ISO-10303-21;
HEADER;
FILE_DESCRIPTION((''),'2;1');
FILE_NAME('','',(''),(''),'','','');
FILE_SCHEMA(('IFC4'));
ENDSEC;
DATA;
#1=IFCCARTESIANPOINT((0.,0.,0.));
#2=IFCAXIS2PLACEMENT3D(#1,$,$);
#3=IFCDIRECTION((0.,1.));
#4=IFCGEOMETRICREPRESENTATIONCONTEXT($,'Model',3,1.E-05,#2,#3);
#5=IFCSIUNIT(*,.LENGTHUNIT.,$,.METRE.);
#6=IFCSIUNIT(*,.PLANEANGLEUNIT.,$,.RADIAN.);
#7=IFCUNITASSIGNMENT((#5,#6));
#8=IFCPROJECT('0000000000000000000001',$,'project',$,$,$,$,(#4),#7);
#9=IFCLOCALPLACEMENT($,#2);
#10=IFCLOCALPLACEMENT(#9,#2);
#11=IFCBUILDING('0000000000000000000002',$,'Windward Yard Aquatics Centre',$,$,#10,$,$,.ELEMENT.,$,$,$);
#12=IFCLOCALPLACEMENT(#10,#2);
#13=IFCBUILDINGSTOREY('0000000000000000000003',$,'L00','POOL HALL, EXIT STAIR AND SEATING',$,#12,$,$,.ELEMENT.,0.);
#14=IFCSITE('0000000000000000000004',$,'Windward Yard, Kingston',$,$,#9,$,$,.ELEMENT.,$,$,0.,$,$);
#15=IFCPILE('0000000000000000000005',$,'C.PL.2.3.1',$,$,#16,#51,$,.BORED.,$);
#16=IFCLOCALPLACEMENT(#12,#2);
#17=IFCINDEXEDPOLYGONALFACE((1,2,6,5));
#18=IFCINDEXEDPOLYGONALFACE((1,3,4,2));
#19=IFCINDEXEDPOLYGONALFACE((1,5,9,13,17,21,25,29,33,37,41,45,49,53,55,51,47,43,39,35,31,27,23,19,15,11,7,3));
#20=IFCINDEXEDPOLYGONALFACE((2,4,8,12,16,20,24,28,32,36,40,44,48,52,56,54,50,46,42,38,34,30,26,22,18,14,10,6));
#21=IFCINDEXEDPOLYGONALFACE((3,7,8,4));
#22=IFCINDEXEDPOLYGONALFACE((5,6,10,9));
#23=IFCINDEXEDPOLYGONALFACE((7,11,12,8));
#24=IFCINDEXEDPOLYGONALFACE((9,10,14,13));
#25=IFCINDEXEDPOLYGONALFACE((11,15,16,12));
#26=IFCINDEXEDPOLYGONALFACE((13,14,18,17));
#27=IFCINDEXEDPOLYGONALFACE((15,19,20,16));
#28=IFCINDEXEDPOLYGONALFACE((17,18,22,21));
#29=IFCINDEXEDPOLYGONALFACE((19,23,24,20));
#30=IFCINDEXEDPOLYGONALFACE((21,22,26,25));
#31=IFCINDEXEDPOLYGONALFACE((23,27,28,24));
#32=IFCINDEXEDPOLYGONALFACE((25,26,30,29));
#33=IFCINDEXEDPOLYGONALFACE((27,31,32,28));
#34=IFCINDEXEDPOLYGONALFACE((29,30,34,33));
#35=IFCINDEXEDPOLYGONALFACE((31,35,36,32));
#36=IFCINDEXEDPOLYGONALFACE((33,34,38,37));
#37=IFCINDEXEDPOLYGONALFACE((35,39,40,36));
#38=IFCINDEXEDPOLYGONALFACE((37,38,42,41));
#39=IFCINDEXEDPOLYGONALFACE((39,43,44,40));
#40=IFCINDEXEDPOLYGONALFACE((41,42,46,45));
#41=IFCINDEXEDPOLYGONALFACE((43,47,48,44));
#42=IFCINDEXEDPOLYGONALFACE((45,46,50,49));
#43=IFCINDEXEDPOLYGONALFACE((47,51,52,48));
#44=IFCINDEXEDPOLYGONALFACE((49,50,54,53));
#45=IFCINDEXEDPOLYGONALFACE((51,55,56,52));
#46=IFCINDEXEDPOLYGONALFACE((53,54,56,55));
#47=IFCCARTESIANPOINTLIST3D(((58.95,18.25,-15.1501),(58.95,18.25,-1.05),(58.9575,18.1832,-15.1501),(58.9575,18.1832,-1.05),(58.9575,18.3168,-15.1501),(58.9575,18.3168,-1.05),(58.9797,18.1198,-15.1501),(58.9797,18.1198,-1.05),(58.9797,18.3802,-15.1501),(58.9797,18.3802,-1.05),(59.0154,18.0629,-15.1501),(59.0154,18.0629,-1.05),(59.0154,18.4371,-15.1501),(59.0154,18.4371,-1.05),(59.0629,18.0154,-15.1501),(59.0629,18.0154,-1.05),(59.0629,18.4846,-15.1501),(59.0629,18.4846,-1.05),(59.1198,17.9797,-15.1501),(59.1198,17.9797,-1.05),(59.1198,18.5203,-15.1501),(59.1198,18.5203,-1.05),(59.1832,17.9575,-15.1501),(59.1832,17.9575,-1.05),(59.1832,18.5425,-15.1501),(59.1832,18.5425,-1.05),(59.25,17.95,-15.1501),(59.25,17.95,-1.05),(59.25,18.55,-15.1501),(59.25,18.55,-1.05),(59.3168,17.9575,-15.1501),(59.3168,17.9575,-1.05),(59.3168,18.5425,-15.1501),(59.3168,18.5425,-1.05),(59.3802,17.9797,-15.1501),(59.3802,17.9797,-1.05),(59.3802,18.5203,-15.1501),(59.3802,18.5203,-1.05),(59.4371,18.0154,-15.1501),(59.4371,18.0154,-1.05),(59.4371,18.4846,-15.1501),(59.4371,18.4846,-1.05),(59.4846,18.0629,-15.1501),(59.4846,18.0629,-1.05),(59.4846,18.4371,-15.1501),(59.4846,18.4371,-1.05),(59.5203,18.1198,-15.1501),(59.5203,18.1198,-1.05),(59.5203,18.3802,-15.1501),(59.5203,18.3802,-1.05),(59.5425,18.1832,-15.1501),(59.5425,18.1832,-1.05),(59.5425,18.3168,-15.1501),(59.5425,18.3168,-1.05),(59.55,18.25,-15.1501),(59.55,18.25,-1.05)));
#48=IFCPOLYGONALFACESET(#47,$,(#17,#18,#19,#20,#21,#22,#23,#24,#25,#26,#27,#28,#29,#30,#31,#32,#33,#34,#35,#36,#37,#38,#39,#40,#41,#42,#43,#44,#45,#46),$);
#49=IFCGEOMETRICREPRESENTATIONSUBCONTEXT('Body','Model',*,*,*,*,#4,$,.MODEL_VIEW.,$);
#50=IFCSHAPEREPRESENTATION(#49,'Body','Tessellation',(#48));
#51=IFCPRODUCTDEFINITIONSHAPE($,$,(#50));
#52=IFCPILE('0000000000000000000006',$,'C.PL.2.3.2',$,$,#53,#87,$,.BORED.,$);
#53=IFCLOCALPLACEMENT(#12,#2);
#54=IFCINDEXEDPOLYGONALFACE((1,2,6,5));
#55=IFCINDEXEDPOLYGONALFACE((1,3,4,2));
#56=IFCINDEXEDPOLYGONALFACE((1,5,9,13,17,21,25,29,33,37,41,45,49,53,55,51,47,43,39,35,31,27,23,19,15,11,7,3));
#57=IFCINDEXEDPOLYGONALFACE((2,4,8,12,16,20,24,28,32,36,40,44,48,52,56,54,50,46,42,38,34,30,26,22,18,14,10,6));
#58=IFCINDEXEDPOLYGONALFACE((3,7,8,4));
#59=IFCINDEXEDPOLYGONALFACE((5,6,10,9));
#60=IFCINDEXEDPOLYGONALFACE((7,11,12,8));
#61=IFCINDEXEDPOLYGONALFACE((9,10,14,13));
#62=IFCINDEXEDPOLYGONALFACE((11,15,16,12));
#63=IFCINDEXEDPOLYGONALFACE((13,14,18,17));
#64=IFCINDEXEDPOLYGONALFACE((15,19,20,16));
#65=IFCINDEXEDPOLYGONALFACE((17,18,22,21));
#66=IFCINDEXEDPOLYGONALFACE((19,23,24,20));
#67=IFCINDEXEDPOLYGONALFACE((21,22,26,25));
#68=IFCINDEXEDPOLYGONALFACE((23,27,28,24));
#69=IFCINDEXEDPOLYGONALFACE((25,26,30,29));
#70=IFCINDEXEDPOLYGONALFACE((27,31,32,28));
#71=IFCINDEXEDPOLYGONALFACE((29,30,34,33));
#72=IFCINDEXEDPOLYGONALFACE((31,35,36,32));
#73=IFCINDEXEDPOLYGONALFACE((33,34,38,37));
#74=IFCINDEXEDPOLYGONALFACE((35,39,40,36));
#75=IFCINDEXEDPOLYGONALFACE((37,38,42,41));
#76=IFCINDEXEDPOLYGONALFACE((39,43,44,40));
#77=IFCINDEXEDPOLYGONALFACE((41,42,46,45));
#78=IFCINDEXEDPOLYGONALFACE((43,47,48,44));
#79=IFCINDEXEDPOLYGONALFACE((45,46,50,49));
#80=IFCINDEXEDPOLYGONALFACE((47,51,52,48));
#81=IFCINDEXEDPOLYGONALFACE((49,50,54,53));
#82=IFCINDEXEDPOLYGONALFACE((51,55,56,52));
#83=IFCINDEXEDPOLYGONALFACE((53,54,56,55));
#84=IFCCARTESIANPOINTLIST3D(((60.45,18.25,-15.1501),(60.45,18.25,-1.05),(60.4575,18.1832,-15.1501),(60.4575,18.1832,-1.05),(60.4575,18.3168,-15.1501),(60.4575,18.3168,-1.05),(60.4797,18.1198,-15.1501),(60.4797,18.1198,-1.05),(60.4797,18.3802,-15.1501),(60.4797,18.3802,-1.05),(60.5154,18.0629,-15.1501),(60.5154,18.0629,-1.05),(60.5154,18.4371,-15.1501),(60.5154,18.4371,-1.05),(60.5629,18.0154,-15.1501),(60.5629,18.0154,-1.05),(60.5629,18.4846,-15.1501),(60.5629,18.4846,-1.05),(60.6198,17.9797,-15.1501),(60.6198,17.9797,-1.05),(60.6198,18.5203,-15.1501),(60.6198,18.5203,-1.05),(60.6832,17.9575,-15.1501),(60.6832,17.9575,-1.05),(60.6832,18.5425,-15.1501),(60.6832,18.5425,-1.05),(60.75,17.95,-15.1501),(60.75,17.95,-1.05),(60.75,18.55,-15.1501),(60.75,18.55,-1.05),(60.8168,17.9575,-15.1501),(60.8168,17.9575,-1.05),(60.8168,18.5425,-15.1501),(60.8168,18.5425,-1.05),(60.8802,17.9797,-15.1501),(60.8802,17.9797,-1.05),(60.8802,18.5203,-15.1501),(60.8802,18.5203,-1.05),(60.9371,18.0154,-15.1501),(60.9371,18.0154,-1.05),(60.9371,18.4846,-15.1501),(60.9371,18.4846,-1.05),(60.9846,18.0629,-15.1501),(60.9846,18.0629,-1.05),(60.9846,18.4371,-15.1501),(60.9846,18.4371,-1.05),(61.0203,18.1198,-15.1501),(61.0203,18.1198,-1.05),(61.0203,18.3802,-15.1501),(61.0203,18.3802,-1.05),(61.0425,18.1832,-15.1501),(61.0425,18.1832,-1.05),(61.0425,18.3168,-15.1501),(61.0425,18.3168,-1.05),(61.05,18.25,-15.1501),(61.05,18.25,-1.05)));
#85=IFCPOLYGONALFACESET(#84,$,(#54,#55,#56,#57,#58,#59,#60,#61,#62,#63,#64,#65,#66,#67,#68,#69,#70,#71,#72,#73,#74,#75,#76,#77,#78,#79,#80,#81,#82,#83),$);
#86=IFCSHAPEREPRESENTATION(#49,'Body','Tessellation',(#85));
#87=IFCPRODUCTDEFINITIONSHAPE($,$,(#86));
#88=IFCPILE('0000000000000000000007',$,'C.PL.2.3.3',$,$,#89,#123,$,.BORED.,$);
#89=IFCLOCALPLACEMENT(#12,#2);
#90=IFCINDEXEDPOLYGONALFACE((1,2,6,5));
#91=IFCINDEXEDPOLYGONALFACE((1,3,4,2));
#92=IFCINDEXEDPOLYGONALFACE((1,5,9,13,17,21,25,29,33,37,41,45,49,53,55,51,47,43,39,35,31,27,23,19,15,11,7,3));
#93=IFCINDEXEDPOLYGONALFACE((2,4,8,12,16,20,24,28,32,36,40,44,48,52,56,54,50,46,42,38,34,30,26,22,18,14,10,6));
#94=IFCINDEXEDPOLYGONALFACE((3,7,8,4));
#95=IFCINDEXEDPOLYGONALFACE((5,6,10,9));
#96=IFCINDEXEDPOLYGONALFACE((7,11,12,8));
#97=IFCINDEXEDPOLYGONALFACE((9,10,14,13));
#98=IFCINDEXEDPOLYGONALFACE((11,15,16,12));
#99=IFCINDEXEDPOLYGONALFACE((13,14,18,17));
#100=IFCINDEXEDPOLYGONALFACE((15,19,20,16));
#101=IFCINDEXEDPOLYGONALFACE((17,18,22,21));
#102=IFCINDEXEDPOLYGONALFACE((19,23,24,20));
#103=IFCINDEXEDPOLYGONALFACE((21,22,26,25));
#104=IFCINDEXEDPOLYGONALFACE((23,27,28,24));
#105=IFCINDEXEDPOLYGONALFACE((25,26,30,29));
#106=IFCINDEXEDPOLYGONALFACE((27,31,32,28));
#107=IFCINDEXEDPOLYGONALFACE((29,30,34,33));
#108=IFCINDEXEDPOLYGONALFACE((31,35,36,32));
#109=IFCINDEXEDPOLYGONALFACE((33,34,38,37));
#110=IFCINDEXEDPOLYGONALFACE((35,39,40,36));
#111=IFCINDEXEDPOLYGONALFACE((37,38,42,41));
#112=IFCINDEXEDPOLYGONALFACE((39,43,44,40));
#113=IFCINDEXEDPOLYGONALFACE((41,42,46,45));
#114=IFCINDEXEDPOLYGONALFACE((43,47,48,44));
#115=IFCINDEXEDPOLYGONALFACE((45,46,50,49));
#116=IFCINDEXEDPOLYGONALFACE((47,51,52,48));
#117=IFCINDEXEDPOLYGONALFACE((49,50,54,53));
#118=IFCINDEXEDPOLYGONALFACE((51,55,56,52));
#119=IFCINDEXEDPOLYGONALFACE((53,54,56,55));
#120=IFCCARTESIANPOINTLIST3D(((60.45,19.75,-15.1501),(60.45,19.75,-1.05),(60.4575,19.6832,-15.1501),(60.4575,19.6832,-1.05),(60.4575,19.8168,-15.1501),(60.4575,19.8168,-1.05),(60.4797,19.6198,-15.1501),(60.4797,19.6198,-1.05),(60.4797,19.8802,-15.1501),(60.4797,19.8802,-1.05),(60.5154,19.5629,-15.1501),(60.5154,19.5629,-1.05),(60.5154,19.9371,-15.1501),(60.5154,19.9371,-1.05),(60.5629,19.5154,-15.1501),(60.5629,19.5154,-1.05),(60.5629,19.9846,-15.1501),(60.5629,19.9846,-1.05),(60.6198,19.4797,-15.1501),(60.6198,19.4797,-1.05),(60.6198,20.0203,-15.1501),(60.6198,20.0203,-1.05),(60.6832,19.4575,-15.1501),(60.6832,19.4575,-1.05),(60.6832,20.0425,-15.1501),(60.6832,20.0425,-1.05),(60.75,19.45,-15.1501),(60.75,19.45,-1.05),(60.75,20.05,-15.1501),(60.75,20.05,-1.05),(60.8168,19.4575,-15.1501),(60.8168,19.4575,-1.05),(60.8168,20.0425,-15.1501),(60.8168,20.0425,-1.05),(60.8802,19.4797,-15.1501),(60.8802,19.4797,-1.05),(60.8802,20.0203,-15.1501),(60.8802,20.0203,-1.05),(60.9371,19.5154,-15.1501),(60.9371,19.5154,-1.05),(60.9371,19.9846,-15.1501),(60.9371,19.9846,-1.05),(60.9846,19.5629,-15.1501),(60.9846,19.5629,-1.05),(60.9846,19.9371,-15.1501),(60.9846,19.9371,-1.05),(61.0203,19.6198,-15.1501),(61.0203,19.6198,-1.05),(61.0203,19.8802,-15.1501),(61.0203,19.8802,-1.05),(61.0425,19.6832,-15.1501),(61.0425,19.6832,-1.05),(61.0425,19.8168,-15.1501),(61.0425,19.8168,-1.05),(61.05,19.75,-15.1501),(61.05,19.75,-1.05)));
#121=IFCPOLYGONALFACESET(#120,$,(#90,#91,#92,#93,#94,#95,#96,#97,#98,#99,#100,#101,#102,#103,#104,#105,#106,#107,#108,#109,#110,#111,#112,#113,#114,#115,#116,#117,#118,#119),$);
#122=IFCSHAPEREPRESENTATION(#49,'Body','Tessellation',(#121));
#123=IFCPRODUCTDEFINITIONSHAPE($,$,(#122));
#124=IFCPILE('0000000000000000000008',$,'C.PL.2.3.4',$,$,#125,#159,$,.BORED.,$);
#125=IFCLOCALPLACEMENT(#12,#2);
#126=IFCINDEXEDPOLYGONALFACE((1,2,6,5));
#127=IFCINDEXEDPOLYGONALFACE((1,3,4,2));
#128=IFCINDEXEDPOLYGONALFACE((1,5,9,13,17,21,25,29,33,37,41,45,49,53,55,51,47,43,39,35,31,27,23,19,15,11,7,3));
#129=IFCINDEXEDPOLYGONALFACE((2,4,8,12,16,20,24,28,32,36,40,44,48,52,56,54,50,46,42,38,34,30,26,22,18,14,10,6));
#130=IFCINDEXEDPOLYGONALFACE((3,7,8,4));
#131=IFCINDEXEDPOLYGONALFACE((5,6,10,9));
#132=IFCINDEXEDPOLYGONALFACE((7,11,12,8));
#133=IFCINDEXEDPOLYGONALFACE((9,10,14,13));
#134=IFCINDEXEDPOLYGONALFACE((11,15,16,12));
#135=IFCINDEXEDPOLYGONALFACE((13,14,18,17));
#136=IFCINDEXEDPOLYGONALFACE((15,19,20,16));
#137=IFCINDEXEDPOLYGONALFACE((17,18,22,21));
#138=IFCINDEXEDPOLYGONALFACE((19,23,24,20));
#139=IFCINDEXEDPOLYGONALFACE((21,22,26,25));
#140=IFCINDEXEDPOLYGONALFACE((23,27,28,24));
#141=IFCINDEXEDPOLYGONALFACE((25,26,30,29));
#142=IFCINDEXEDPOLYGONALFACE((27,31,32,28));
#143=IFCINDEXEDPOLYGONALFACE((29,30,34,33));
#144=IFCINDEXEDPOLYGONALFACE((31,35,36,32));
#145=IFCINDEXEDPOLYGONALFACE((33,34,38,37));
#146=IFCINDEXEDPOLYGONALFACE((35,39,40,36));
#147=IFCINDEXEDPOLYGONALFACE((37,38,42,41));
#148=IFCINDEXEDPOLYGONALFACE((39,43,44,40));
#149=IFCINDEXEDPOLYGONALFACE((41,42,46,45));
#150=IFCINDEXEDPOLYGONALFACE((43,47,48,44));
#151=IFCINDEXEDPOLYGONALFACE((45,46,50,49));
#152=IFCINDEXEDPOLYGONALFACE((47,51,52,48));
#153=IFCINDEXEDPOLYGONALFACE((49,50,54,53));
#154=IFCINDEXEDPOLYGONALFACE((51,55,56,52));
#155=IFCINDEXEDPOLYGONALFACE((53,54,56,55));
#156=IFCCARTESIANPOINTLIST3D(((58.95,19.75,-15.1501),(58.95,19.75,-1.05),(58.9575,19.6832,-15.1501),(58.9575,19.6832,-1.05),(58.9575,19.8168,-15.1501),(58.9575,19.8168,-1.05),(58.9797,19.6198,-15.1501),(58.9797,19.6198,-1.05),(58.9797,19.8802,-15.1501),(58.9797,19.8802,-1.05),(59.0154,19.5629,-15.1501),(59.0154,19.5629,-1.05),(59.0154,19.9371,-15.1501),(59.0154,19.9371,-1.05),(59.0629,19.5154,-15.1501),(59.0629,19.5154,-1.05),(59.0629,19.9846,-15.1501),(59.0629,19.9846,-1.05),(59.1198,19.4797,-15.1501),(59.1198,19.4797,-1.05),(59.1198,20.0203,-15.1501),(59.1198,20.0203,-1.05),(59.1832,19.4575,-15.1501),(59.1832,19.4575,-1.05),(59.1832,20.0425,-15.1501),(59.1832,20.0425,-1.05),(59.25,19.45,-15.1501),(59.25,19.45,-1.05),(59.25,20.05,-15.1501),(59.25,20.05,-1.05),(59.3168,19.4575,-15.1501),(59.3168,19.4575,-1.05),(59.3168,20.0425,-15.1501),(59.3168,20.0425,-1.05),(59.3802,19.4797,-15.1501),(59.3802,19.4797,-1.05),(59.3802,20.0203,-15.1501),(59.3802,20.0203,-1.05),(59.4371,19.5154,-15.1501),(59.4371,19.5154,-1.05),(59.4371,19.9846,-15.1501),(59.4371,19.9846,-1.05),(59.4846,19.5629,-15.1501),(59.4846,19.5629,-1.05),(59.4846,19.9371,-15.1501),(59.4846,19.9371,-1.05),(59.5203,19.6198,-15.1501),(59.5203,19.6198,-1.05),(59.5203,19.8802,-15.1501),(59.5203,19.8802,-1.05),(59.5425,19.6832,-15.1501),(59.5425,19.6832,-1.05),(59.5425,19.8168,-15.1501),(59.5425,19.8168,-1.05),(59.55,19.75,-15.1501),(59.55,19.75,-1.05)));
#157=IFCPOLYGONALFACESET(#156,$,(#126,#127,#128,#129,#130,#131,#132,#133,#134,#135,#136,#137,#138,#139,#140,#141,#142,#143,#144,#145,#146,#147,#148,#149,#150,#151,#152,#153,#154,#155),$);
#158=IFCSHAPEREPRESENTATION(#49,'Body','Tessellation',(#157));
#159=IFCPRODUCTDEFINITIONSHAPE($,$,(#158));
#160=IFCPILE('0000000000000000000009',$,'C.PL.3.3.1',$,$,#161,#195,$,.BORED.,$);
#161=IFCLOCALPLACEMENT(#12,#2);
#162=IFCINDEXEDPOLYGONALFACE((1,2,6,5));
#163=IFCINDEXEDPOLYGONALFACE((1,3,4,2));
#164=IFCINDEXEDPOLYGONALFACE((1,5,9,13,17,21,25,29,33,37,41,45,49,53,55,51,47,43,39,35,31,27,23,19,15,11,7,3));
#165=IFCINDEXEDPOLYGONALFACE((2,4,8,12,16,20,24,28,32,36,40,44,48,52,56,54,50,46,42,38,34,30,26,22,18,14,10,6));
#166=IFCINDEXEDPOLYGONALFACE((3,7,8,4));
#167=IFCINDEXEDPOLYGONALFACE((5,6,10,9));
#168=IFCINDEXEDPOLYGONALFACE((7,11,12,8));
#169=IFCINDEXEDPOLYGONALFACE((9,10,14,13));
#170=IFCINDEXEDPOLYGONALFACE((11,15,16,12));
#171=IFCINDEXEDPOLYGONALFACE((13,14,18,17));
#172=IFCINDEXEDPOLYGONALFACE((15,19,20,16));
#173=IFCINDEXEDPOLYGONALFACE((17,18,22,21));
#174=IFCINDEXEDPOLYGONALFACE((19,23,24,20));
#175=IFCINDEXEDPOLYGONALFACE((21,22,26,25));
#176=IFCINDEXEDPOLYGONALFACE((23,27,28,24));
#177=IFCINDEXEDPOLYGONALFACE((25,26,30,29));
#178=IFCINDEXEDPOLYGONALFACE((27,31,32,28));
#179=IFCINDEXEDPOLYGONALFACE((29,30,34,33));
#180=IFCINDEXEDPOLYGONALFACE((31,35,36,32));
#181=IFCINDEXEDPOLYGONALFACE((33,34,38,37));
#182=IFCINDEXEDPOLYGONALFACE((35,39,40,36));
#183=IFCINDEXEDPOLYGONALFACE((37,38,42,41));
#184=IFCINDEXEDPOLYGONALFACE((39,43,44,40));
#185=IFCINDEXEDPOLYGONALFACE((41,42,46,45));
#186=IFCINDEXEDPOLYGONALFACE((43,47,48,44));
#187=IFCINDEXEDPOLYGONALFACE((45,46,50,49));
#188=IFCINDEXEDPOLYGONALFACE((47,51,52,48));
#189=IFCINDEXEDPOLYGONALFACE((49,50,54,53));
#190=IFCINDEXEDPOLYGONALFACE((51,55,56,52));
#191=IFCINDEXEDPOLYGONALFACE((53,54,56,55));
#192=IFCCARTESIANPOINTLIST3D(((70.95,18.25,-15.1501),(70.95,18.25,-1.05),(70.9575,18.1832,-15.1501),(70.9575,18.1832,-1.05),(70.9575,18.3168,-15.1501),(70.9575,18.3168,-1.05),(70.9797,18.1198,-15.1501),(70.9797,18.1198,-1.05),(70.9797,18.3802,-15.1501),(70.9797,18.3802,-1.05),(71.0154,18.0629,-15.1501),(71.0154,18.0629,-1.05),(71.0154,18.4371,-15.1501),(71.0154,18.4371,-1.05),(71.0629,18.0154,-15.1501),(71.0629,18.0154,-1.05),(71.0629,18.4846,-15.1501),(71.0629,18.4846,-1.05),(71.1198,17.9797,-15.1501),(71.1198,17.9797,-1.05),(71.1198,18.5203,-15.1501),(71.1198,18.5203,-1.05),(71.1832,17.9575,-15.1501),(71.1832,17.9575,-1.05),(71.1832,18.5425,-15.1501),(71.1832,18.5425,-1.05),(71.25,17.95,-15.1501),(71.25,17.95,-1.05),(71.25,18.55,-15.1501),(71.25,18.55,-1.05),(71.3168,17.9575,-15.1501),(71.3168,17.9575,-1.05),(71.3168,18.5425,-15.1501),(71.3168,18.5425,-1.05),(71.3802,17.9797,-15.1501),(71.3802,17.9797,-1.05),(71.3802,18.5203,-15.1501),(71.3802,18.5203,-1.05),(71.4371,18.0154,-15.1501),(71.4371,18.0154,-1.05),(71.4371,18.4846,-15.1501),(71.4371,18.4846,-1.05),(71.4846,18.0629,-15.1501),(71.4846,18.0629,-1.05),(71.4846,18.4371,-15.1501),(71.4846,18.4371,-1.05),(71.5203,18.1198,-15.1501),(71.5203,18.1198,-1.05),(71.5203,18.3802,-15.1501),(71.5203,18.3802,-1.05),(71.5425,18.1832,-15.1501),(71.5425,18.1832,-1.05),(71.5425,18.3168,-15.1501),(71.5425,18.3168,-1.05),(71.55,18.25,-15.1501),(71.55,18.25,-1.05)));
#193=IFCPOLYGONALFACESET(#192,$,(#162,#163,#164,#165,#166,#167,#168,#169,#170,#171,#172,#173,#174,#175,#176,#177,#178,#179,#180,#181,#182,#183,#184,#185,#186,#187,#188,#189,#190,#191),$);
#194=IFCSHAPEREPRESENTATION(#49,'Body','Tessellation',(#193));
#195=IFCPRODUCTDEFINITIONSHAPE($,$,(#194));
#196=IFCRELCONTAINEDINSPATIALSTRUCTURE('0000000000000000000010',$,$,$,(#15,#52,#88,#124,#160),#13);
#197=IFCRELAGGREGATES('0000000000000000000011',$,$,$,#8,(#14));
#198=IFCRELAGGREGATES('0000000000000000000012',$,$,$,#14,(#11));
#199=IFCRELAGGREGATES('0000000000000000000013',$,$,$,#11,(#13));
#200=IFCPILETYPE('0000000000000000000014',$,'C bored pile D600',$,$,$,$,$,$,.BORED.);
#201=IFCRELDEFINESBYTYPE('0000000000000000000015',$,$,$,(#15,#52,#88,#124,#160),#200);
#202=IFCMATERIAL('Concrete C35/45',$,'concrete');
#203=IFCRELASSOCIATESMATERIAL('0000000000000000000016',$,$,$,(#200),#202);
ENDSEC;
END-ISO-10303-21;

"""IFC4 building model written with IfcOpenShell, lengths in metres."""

from ifc_helpers import new_model, si_unit, direction, frame, origin, origin_2d, place, context, subcontext, project, spatial, circle, extrude, material, material_profile, profile_set, type_object, element, save


model = new_model("IFC4")

# Units and contexts
model_context = context("Model", 3, precision=1e-05, world=origin(), true_north=direction((0.0, 1.0)))
body_context = subcontext(model_context, "Body", "Model", "MODEL_VIEW")
ifc_project = project(units=[si_unit("LENGTHUNIT", "METRE"), si_unit("PLANEANGLEUNIT", "RADIAN")], contexts=[model_context])

# Site, building, storey
site_placement = place(None, origin())
site = spatial("IfcSite", under=ifc_project, at=site_placement, Name="Windward Yard, Kingston", CompositionType="ELEMENT", RefElevation=0.0)
building_placement = place(site_placement, origin())
building = spatial("IfcBuilding", under=site, at=building_placement, Name="Windward Yard Aquatics Centre", CompositionType="ELEMENT")
storey_placement = place(building_placement, origin())
storey = spatial("IfcBuildingStorey", under=building, at=storey_placement, Name="L00", Description="POOL HALL, EXIT STAIR AND SEATING", CompositionType="ELEMENT", Elevation=0.0)

# Piles
ifc_material_1 = material(Name="Concrete C35/45", Category="concrete")
ifc_material_profile_1 = material_profile(ifc_material_1, circle(Radius=0.3, at=origin_2d()), Name="RC D600")
ifc_profile_set_1 = profile_set([ifc_material_profile_1], Name="Concrete C35/45")
pile_type_1 = type_object("IfcPileType", Name="C bored pile D600", PredefinedType="BORED", material=ifc_profile_set_1)
for number, where, z_axis, x_axis, name in (
    (1, (59.25, 18.25, -1.05), (0.0, 0.0, -1.0), (1.0, 0.0, 0.0), "C.PL.2.3.1"),
    (2, (60.75, 18.25, -1.05), (0.0, 0.0, -1.0), (1.0, 0.0, 0.0), "C.PL.2.3.2"),
    (3, (60.75, 19.75, -1.05), (0.0, 0.0, -1.0), (1.0, 0.0, 0.0), "C.PL.2.3.3"),
    (4, (59.25, 19.75, -1.05), (0.0, 0.0, -1.0), (1.0, 0.0, 0.0), "C.PL.2.3.4"),
    (5, (71.25, 18.25, -1.05), (0.0, 0.0, -1.0), (1.0, 0.0, 0.0), "C.PL.3.3.1"),
):
    element("IfcPile", number, at=place(storey_placement, frame(where, z_axis=z_axis, x_axis=x_axis)), inside=storey, type_object=pile_type_1, Name=name, PredefinedType="BORED", context=body_context, shape_type="SweptSolid", body=[
        extrude(circle(Radius=0.3, at=origin_2d()), origin(), (0.0, 0.0, 1.0), 14.1001),
    ])

save(model, "model.ifc")
